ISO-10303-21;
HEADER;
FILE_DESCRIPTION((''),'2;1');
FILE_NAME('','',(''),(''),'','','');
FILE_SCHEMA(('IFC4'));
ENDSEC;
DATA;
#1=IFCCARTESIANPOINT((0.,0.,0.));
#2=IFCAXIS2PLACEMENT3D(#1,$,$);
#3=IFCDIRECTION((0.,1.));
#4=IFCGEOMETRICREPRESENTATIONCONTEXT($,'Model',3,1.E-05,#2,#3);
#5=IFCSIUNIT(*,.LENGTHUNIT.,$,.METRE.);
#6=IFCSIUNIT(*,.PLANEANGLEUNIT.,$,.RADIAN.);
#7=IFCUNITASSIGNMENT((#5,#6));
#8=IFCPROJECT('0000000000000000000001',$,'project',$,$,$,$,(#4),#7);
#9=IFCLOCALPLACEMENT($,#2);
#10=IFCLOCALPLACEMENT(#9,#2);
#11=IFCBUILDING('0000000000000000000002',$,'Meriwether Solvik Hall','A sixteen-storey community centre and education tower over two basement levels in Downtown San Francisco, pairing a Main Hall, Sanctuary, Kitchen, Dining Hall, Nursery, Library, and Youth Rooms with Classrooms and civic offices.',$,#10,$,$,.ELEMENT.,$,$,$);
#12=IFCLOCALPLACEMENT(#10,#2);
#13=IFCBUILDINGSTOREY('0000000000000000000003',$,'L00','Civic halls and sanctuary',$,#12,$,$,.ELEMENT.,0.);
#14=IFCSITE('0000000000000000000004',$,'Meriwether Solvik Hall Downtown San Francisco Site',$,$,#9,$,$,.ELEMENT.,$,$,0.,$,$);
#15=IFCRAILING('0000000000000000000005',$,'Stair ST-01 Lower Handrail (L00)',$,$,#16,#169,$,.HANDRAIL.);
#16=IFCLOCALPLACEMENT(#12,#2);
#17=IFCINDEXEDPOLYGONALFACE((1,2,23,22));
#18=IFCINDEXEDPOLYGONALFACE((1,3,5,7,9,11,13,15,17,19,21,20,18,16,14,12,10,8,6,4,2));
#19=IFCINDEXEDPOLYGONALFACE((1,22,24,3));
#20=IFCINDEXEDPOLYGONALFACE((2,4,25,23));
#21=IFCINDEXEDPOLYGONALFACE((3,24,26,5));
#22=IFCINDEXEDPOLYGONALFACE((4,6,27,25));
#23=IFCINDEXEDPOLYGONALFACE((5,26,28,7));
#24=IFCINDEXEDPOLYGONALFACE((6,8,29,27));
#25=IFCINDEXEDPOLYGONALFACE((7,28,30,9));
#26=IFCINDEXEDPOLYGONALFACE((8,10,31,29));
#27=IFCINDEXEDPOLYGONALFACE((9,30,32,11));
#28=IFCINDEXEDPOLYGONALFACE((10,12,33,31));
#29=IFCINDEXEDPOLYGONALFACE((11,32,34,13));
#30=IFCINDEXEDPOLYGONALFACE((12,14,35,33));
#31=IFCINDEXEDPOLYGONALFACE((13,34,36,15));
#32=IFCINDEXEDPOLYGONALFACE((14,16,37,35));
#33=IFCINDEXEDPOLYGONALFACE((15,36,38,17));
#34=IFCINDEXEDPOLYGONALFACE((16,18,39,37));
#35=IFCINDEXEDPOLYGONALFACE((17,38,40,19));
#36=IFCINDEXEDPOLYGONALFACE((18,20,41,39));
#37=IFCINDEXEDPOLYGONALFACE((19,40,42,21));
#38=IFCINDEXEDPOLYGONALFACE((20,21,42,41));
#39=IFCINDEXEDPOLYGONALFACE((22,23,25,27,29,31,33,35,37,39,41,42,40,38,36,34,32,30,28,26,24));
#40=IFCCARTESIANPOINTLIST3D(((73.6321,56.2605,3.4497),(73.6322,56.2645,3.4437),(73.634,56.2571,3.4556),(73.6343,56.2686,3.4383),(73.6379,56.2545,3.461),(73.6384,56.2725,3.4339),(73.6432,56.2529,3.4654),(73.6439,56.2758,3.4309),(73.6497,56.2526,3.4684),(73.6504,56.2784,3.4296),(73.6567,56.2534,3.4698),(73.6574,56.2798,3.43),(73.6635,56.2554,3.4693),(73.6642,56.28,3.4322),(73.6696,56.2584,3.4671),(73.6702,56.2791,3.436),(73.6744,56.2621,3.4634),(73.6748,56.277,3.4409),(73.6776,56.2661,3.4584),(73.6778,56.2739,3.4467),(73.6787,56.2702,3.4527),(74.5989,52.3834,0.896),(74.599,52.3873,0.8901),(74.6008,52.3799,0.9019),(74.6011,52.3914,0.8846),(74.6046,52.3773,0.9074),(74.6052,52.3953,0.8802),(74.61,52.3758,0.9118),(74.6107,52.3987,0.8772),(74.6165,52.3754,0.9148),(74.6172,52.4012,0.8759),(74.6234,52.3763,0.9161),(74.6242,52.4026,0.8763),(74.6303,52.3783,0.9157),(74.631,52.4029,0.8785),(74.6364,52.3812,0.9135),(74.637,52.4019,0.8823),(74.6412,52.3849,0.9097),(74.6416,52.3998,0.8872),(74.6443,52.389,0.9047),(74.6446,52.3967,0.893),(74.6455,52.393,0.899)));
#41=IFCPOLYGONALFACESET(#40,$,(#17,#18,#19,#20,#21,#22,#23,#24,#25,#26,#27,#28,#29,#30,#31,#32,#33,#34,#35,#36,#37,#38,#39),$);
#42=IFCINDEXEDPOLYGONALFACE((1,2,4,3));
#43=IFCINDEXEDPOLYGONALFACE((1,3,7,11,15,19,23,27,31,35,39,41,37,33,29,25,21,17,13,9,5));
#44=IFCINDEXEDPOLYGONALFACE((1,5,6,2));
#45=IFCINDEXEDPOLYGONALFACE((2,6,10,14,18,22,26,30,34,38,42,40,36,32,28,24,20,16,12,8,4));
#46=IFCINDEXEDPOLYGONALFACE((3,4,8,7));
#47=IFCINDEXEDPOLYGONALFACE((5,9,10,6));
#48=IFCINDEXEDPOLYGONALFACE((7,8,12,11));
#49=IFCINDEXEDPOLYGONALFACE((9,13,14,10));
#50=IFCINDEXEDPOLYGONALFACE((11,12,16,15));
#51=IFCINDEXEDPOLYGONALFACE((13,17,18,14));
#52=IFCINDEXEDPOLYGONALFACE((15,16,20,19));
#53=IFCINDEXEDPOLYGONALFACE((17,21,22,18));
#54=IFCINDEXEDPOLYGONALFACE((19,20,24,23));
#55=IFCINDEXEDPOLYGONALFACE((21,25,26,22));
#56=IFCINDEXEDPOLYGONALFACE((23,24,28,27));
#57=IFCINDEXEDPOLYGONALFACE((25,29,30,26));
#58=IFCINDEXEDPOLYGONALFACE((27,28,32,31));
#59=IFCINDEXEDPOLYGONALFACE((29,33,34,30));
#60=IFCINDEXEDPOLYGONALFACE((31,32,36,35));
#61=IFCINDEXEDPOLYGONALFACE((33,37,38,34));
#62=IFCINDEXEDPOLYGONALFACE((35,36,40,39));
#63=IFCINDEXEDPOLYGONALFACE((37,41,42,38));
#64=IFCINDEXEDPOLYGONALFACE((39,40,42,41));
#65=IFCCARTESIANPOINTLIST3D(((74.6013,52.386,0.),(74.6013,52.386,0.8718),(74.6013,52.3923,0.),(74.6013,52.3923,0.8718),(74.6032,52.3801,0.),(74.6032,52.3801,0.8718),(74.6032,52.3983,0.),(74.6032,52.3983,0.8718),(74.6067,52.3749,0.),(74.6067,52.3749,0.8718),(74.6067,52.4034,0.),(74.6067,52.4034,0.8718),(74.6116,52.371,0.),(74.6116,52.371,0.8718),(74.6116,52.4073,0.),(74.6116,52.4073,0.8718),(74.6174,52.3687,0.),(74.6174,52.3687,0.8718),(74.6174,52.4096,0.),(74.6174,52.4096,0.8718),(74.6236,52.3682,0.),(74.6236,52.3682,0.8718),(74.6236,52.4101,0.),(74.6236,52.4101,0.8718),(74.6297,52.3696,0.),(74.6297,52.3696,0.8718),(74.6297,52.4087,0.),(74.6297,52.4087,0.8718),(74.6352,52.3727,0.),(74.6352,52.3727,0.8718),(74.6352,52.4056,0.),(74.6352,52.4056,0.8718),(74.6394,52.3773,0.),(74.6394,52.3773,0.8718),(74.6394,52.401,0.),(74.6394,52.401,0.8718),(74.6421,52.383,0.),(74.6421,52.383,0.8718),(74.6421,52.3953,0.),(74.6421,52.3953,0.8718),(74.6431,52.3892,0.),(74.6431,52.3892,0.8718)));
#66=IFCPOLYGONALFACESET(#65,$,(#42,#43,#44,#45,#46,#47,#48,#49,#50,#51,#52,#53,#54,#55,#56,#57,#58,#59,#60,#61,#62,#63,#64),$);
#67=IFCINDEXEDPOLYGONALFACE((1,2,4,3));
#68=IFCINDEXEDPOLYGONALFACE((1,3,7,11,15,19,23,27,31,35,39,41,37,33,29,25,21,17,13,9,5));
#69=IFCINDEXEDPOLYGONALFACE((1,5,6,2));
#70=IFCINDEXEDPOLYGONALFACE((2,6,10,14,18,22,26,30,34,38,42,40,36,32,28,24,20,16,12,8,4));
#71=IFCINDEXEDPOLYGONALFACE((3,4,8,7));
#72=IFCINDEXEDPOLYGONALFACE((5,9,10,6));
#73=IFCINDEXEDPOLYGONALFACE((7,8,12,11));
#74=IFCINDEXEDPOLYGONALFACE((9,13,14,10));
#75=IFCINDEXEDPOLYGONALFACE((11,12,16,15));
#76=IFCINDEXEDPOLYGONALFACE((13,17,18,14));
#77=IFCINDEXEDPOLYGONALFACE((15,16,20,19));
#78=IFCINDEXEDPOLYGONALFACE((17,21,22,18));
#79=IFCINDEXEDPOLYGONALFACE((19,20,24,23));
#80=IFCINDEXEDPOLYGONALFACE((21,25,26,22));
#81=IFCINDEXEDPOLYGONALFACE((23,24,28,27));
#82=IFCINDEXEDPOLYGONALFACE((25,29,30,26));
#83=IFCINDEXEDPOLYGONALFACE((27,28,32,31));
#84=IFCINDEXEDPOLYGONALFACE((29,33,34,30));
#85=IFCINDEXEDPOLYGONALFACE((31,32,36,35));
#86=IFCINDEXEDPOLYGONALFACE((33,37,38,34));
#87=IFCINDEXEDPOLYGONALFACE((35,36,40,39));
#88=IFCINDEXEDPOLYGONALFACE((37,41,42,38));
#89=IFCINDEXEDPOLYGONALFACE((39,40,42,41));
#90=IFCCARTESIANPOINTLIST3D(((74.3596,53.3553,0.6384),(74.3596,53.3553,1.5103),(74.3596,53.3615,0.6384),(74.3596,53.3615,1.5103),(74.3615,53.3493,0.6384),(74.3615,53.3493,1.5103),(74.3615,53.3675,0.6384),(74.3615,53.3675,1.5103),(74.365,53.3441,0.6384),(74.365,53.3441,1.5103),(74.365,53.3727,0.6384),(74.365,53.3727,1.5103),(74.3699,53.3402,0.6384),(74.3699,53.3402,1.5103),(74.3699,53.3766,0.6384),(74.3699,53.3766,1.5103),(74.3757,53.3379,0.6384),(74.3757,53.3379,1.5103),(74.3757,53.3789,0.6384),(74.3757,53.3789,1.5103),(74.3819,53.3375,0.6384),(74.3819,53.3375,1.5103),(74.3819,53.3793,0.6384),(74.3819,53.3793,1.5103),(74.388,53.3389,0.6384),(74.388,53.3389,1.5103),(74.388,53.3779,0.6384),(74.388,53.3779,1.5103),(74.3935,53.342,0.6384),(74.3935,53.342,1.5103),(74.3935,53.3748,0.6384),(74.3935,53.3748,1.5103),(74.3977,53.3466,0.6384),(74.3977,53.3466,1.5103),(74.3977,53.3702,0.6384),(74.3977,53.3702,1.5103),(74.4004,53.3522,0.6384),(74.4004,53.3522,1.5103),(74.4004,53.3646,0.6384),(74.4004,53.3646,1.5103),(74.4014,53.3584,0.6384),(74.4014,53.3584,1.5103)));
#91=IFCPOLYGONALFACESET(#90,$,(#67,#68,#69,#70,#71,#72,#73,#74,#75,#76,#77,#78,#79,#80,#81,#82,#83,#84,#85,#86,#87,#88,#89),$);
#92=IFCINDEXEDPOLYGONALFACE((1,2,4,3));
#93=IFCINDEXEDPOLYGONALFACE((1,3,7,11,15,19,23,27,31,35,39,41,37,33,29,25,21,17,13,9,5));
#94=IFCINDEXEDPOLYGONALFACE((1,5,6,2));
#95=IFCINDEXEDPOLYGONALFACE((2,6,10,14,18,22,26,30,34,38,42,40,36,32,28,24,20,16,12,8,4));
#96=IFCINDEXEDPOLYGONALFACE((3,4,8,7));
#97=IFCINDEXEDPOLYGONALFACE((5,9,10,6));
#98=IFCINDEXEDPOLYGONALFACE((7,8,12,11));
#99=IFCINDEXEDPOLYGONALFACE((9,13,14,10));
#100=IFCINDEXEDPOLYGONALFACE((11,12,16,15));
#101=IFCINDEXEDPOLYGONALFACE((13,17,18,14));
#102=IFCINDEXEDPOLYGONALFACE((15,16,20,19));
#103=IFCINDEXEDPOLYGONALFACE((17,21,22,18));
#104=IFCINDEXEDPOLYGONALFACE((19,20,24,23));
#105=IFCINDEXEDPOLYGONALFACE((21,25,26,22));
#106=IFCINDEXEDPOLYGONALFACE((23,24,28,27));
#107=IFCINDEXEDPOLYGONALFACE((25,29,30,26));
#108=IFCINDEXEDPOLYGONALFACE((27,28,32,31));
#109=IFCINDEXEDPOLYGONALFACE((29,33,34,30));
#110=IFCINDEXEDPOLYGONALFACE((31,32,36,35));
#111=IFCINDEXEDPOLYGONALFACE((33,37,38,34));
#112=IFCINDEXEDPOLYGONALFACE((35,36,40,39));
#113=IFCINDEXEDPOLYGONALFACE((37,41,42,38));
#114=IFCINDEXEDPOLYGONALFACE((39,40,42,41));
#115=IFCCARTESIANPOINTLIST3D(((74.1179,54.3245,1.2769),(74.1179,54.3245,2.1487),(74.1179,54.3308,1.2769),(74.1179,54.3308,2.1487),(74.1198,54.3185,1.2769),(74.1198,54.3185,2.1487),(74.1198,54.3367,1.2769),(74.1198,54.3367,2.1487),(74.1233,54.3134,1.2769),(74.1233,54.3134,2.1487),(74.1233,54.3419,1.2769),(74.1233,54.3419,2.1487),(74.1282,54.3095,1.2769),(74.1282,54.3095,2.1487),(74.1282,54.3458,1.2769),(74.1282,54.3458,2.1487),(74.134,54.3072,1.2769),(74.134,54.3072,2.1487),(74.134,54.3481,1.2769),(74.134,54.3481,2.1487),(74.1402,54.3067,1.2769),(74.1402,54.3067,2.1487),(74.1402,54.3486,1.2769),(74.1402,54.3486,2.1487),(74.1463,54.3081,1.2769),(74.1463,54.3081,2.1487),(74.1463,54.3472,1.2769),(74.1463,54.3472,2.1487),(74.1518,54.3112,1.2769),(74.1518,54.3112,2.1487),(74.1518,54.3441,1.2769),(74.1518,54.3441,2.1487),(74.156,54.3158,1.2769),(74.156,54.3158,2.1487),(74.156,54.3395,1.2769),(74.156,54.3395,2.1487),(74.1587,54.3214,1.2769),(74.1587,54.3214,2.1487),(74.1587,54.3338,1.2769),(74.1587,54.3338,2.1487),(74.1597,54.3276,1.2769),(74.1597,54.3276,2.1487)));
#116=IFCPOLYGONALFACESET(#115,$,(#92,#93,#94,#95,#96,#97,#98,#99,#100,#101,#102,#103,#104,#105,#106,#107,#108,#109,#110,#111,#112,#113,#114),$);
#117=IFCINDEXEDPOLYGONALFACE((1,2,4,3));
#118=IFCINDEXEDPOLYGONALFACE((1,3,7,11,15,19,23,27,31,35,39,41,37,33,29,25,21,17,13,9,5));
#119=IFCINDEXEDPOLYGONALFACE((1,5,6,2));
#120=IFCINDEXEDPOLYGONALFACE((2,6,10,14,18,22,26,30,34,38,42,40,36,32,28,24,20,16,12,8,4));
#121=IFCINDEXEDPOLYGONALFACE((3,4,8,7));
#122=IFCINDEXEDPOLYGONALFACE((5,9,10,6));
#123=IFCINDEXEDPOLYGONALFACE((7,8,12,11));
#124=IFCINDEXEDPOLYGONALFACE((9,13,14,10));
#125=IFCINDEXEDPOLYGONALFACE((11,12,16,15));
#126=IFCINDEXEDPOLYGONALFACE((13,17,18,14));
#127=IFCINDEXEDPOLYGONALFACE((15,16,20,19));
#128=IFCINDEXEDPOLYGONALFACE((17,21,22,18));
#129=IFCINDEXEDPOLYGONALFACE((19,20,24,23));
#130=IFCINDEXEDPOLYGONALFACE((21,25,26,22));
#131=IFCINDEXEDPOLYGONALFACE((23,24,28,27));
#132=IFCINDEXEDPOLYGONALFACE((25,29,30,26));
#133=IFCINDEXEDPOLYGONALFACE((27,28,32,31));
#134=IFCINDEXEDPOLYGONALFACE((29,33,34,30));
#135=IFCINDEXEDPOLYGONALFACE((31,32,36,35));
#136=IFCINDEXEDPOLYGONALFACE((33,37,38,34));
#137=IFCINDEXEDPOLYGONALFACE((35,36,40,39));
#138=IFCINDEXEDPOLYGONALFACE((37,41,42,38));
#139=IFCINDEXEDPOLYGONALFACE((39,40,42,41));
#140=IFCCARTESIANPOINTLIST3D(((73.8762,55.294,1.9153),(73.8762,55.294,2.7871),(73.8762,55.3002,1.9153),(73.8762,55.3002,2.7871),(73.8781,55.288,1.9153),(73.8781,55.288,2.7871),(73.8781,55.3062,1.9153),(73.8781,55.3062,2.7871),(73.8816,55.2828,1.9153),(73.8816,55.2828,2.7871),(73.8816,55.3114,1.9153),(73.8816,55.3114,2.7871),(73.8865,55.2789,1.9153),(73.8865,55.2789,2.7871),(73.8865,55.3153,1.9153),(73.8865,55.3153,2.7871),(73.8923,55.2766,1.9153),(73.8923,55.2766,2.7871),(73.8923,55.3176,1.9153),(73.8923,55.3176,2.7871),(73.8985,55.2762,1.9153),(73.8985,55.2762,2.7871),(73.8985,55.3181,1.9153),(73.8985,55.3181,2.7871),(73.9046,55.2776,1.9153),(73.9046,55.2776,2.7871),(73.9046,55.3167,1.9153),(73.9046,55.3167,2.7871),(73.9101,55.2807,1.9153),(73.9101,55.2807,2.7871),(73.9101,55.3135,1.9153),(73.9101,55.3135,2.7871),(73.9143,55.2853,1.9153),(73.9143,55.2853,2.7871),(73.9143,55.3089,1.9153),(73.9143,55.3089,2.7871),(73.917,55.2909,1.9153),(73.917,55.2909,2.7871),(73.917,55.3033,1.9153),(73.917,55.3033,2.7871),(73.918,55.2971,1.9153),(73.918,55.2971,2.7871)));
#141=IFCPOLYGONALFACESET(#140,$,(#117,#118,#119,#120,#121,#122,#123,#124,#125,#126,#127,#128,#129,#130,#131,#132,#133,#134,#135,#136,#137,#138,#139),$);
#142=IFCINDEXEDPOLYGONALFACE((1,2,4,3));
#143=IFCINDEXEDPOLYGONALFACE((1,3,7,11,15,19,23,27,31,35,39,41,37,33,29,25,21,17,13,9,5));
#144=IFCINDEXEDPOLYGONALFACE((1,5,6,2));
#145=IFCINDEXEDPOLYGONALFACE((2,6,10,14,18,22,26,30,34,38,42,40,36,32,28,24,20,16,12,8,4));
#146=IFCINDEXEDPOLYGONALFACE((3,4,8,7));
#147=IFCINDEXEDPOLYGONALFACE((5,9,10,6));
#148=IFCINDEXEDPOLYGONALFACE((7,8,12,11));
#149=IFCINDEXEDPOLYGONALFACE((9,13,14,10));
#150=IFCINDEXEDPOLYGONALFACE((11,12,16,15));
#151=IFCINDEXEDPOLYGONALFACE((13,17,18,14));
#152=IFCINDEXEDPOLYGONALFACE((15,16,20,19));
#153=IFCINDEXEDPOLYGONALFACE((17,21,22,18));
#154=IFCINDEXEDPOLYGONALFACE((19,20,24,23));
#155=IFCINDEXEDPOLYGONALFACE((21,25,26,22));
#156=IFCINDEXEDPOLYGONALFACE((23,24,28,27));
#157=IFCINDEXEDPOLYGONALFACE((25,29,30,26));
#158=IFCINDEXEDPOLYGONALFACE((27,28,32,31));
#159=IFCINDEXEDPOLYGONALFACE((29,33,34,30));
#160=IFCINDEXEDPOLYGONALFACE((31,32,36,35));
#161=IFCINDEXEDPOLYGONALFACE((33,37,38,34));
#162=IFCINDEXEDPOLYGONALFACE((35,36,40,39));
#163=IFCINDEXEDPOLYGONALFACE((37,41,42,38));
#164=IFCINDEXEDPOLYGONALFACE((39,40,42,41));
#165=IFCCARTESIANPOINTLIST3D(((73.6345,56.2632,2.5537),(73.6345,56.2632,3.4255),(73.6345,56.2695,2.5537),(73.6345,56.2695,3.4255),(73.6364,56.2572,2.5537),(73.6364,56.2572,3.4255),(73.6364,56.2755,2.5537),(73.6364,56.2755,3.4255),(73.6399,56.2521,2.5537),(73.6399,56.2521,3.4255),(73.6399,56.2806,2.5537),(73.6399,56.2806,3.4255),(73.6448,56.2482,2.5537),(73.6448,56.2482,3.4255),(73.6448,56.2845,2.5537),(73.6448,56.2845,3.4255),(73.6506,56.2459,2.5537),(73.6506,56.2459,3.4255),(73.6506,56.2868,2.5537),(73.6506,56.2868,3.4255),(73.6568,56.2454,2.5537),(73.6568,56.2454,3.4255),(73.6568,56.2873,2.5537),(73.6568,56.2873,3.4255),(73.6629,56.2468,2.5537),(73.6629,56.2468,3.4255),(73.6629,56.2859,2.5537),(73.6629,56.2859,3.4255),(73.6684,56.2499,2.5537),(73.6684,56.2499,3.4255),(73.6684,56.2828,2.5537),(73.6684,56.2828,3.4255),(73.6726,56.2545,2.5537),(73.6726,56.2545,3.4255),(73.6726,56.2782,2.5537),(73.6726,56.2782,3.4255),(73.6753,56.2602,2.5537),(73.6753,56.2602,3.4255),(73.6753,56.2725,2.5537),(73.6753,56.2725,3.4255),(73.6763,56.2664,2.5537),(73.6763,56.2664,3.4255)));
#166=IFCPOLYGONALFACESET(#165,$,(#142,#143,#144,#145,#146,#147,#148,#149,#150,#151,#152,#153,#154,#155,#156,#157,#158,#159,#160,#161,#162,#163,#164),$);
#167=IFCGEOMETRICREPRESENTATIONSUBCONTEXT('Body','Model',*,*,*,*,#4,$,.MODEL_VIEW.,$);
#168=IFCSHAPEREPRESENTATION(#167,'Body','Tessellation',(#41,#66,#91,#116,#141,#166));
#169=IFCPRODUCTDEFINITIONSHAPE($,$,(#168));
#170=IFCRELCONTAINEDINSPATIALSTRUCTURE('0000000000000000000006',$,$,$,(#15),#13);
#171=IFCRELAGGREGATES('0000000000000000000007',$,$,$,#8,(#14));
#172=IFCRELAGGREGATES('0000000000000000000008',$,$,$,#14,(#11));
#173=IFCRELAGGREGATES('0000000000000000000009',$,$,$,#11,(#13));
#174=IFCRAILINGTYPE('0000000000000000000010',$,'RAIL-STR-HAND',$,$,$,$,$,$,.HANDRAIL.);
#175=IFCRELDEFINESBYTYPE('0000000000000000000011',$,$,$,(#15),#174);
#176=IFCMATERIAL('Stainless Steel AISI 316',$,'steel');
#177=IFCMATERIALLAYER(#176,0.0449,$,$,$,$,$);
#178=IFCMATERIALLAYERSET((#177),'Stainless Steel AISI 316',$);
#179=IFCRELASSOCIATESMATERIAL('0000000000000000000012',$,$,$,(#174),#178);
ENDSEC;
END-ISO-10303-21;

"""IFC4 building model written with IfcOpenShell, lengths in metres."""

from ifc_helpers import new_model, si_unit, direction, frame, origin, origin_2d, place, context, subcontext, project, spatial, circle, extrude, material, layer, layer_set, type_object, element, save


model = new_model("IFC4")

# Units and contexts
model_context = context("Model", 3, precision=1e-05, world=origin(), true_north=direction((0.0, 1.0)))
body_context = subcontext(model_context, "Body", "Model", "MODEL_VIEW")
ifc_project = project(units=[si_unit("LENGTHUNIT", "METRE"), si_unit("PLANEANGLEUNIT", "RADIAN")], contexts=[model_context])

# Site, building, storey
site_placement = place(None, origin())
site = spatial("IfcSite", under=ifc_project, at=site_placement, Name="Meriwether Solvik Hall Downtown San Francisco Site", CompositionType="ELEMENT", RefElevation=0.0)
building_placement = place(site_placement, origin())
building = spatial("IfcBuilding", under=site, at=building_placement, Name="Meriwether Solvik Hall", Description="A sixteen-storey community centre and education tower over two basement levels in Downtown San Francisco, pairing a Main Hall, Sanctuary, Kitchen, Dining Hall, Nursery, Library, and Youth Rooms with Classrooms and civic offices.", CompositionType="ELEMENT")
storey_placement = place(building_placement, origin())
storey = spatial("IfcBuildingStorey", under=building, at=storey_placement, Name="L00", Description="Civic halls and sanctuary", CompositionType="ELEMENT", Elevation=0.0)

# Railing
ifc_material_1 = material(Name="Stainless Steel AISI 316", Category="steel")
ifc_layer_1 = layer(ifc_material_1, 0.0449)
ifc_layer_set_1 = layer_set([ifc_layer_1], Name="Stainless Steel AISI 316")
railing_type_1 = type_object("IfcRailingType", Name="RAIL-STR-HAND", PredefinedType="HANDRAIL", material=ifc_layer_set_1)
for number, where, name in (
    (1, (74.6221, 52.3892, 0.0), "Stair ST-01 Lower Handrail (L00)"),
):
    element("IfcRailing", number, at=place(storey_placement, frame(where)), inside=storey, type_object=railing_type_1, Name=name, PredefinedType="HANDRAIL", context=body_context, shape_type="SweptSolid", body=[
        extrude(circle(Radius=0.0239, at=origin_2d()), frame((0.0, 0.0, 0.896), z_axis=(-0.203869, 0.817589, 0.538504), x_axis=(-0.97029, -0.241946, 0.0)), (0.0, 0.0, 1.0), 4.7422),
        extrude(circle(Radius=0.021, at=origin_2d()), origin(), (0.0, 0.0, 1.0), 0.8718),
        extrude(circle(Radius=0.021, at=origin_2d()), frame((-0.2417, 0.9692, 0.6384)), (0.0, 0.0, 1.0), 0.8718),
        extrude(circle(Radius=0.021, at=origin_2d()), frame((-0.4834, 1.9385, 1.2769)), (0.0, 0.0, 1.0), 0.8718),
        extrude(circle(Radius=0.021, at=origin_2d()), frame((-0.7251, 2.908, 1.9153)), (0.0, 0.0, 1.0), 0.8718),
        extrude(circle(Radius=0.021, at=origin_2d()), frame((-0.9668, 3.8772, 2.5537)), (0.0, 0.0, 1.0), 0.8718),
    ])

save(model, "model.ifc")
